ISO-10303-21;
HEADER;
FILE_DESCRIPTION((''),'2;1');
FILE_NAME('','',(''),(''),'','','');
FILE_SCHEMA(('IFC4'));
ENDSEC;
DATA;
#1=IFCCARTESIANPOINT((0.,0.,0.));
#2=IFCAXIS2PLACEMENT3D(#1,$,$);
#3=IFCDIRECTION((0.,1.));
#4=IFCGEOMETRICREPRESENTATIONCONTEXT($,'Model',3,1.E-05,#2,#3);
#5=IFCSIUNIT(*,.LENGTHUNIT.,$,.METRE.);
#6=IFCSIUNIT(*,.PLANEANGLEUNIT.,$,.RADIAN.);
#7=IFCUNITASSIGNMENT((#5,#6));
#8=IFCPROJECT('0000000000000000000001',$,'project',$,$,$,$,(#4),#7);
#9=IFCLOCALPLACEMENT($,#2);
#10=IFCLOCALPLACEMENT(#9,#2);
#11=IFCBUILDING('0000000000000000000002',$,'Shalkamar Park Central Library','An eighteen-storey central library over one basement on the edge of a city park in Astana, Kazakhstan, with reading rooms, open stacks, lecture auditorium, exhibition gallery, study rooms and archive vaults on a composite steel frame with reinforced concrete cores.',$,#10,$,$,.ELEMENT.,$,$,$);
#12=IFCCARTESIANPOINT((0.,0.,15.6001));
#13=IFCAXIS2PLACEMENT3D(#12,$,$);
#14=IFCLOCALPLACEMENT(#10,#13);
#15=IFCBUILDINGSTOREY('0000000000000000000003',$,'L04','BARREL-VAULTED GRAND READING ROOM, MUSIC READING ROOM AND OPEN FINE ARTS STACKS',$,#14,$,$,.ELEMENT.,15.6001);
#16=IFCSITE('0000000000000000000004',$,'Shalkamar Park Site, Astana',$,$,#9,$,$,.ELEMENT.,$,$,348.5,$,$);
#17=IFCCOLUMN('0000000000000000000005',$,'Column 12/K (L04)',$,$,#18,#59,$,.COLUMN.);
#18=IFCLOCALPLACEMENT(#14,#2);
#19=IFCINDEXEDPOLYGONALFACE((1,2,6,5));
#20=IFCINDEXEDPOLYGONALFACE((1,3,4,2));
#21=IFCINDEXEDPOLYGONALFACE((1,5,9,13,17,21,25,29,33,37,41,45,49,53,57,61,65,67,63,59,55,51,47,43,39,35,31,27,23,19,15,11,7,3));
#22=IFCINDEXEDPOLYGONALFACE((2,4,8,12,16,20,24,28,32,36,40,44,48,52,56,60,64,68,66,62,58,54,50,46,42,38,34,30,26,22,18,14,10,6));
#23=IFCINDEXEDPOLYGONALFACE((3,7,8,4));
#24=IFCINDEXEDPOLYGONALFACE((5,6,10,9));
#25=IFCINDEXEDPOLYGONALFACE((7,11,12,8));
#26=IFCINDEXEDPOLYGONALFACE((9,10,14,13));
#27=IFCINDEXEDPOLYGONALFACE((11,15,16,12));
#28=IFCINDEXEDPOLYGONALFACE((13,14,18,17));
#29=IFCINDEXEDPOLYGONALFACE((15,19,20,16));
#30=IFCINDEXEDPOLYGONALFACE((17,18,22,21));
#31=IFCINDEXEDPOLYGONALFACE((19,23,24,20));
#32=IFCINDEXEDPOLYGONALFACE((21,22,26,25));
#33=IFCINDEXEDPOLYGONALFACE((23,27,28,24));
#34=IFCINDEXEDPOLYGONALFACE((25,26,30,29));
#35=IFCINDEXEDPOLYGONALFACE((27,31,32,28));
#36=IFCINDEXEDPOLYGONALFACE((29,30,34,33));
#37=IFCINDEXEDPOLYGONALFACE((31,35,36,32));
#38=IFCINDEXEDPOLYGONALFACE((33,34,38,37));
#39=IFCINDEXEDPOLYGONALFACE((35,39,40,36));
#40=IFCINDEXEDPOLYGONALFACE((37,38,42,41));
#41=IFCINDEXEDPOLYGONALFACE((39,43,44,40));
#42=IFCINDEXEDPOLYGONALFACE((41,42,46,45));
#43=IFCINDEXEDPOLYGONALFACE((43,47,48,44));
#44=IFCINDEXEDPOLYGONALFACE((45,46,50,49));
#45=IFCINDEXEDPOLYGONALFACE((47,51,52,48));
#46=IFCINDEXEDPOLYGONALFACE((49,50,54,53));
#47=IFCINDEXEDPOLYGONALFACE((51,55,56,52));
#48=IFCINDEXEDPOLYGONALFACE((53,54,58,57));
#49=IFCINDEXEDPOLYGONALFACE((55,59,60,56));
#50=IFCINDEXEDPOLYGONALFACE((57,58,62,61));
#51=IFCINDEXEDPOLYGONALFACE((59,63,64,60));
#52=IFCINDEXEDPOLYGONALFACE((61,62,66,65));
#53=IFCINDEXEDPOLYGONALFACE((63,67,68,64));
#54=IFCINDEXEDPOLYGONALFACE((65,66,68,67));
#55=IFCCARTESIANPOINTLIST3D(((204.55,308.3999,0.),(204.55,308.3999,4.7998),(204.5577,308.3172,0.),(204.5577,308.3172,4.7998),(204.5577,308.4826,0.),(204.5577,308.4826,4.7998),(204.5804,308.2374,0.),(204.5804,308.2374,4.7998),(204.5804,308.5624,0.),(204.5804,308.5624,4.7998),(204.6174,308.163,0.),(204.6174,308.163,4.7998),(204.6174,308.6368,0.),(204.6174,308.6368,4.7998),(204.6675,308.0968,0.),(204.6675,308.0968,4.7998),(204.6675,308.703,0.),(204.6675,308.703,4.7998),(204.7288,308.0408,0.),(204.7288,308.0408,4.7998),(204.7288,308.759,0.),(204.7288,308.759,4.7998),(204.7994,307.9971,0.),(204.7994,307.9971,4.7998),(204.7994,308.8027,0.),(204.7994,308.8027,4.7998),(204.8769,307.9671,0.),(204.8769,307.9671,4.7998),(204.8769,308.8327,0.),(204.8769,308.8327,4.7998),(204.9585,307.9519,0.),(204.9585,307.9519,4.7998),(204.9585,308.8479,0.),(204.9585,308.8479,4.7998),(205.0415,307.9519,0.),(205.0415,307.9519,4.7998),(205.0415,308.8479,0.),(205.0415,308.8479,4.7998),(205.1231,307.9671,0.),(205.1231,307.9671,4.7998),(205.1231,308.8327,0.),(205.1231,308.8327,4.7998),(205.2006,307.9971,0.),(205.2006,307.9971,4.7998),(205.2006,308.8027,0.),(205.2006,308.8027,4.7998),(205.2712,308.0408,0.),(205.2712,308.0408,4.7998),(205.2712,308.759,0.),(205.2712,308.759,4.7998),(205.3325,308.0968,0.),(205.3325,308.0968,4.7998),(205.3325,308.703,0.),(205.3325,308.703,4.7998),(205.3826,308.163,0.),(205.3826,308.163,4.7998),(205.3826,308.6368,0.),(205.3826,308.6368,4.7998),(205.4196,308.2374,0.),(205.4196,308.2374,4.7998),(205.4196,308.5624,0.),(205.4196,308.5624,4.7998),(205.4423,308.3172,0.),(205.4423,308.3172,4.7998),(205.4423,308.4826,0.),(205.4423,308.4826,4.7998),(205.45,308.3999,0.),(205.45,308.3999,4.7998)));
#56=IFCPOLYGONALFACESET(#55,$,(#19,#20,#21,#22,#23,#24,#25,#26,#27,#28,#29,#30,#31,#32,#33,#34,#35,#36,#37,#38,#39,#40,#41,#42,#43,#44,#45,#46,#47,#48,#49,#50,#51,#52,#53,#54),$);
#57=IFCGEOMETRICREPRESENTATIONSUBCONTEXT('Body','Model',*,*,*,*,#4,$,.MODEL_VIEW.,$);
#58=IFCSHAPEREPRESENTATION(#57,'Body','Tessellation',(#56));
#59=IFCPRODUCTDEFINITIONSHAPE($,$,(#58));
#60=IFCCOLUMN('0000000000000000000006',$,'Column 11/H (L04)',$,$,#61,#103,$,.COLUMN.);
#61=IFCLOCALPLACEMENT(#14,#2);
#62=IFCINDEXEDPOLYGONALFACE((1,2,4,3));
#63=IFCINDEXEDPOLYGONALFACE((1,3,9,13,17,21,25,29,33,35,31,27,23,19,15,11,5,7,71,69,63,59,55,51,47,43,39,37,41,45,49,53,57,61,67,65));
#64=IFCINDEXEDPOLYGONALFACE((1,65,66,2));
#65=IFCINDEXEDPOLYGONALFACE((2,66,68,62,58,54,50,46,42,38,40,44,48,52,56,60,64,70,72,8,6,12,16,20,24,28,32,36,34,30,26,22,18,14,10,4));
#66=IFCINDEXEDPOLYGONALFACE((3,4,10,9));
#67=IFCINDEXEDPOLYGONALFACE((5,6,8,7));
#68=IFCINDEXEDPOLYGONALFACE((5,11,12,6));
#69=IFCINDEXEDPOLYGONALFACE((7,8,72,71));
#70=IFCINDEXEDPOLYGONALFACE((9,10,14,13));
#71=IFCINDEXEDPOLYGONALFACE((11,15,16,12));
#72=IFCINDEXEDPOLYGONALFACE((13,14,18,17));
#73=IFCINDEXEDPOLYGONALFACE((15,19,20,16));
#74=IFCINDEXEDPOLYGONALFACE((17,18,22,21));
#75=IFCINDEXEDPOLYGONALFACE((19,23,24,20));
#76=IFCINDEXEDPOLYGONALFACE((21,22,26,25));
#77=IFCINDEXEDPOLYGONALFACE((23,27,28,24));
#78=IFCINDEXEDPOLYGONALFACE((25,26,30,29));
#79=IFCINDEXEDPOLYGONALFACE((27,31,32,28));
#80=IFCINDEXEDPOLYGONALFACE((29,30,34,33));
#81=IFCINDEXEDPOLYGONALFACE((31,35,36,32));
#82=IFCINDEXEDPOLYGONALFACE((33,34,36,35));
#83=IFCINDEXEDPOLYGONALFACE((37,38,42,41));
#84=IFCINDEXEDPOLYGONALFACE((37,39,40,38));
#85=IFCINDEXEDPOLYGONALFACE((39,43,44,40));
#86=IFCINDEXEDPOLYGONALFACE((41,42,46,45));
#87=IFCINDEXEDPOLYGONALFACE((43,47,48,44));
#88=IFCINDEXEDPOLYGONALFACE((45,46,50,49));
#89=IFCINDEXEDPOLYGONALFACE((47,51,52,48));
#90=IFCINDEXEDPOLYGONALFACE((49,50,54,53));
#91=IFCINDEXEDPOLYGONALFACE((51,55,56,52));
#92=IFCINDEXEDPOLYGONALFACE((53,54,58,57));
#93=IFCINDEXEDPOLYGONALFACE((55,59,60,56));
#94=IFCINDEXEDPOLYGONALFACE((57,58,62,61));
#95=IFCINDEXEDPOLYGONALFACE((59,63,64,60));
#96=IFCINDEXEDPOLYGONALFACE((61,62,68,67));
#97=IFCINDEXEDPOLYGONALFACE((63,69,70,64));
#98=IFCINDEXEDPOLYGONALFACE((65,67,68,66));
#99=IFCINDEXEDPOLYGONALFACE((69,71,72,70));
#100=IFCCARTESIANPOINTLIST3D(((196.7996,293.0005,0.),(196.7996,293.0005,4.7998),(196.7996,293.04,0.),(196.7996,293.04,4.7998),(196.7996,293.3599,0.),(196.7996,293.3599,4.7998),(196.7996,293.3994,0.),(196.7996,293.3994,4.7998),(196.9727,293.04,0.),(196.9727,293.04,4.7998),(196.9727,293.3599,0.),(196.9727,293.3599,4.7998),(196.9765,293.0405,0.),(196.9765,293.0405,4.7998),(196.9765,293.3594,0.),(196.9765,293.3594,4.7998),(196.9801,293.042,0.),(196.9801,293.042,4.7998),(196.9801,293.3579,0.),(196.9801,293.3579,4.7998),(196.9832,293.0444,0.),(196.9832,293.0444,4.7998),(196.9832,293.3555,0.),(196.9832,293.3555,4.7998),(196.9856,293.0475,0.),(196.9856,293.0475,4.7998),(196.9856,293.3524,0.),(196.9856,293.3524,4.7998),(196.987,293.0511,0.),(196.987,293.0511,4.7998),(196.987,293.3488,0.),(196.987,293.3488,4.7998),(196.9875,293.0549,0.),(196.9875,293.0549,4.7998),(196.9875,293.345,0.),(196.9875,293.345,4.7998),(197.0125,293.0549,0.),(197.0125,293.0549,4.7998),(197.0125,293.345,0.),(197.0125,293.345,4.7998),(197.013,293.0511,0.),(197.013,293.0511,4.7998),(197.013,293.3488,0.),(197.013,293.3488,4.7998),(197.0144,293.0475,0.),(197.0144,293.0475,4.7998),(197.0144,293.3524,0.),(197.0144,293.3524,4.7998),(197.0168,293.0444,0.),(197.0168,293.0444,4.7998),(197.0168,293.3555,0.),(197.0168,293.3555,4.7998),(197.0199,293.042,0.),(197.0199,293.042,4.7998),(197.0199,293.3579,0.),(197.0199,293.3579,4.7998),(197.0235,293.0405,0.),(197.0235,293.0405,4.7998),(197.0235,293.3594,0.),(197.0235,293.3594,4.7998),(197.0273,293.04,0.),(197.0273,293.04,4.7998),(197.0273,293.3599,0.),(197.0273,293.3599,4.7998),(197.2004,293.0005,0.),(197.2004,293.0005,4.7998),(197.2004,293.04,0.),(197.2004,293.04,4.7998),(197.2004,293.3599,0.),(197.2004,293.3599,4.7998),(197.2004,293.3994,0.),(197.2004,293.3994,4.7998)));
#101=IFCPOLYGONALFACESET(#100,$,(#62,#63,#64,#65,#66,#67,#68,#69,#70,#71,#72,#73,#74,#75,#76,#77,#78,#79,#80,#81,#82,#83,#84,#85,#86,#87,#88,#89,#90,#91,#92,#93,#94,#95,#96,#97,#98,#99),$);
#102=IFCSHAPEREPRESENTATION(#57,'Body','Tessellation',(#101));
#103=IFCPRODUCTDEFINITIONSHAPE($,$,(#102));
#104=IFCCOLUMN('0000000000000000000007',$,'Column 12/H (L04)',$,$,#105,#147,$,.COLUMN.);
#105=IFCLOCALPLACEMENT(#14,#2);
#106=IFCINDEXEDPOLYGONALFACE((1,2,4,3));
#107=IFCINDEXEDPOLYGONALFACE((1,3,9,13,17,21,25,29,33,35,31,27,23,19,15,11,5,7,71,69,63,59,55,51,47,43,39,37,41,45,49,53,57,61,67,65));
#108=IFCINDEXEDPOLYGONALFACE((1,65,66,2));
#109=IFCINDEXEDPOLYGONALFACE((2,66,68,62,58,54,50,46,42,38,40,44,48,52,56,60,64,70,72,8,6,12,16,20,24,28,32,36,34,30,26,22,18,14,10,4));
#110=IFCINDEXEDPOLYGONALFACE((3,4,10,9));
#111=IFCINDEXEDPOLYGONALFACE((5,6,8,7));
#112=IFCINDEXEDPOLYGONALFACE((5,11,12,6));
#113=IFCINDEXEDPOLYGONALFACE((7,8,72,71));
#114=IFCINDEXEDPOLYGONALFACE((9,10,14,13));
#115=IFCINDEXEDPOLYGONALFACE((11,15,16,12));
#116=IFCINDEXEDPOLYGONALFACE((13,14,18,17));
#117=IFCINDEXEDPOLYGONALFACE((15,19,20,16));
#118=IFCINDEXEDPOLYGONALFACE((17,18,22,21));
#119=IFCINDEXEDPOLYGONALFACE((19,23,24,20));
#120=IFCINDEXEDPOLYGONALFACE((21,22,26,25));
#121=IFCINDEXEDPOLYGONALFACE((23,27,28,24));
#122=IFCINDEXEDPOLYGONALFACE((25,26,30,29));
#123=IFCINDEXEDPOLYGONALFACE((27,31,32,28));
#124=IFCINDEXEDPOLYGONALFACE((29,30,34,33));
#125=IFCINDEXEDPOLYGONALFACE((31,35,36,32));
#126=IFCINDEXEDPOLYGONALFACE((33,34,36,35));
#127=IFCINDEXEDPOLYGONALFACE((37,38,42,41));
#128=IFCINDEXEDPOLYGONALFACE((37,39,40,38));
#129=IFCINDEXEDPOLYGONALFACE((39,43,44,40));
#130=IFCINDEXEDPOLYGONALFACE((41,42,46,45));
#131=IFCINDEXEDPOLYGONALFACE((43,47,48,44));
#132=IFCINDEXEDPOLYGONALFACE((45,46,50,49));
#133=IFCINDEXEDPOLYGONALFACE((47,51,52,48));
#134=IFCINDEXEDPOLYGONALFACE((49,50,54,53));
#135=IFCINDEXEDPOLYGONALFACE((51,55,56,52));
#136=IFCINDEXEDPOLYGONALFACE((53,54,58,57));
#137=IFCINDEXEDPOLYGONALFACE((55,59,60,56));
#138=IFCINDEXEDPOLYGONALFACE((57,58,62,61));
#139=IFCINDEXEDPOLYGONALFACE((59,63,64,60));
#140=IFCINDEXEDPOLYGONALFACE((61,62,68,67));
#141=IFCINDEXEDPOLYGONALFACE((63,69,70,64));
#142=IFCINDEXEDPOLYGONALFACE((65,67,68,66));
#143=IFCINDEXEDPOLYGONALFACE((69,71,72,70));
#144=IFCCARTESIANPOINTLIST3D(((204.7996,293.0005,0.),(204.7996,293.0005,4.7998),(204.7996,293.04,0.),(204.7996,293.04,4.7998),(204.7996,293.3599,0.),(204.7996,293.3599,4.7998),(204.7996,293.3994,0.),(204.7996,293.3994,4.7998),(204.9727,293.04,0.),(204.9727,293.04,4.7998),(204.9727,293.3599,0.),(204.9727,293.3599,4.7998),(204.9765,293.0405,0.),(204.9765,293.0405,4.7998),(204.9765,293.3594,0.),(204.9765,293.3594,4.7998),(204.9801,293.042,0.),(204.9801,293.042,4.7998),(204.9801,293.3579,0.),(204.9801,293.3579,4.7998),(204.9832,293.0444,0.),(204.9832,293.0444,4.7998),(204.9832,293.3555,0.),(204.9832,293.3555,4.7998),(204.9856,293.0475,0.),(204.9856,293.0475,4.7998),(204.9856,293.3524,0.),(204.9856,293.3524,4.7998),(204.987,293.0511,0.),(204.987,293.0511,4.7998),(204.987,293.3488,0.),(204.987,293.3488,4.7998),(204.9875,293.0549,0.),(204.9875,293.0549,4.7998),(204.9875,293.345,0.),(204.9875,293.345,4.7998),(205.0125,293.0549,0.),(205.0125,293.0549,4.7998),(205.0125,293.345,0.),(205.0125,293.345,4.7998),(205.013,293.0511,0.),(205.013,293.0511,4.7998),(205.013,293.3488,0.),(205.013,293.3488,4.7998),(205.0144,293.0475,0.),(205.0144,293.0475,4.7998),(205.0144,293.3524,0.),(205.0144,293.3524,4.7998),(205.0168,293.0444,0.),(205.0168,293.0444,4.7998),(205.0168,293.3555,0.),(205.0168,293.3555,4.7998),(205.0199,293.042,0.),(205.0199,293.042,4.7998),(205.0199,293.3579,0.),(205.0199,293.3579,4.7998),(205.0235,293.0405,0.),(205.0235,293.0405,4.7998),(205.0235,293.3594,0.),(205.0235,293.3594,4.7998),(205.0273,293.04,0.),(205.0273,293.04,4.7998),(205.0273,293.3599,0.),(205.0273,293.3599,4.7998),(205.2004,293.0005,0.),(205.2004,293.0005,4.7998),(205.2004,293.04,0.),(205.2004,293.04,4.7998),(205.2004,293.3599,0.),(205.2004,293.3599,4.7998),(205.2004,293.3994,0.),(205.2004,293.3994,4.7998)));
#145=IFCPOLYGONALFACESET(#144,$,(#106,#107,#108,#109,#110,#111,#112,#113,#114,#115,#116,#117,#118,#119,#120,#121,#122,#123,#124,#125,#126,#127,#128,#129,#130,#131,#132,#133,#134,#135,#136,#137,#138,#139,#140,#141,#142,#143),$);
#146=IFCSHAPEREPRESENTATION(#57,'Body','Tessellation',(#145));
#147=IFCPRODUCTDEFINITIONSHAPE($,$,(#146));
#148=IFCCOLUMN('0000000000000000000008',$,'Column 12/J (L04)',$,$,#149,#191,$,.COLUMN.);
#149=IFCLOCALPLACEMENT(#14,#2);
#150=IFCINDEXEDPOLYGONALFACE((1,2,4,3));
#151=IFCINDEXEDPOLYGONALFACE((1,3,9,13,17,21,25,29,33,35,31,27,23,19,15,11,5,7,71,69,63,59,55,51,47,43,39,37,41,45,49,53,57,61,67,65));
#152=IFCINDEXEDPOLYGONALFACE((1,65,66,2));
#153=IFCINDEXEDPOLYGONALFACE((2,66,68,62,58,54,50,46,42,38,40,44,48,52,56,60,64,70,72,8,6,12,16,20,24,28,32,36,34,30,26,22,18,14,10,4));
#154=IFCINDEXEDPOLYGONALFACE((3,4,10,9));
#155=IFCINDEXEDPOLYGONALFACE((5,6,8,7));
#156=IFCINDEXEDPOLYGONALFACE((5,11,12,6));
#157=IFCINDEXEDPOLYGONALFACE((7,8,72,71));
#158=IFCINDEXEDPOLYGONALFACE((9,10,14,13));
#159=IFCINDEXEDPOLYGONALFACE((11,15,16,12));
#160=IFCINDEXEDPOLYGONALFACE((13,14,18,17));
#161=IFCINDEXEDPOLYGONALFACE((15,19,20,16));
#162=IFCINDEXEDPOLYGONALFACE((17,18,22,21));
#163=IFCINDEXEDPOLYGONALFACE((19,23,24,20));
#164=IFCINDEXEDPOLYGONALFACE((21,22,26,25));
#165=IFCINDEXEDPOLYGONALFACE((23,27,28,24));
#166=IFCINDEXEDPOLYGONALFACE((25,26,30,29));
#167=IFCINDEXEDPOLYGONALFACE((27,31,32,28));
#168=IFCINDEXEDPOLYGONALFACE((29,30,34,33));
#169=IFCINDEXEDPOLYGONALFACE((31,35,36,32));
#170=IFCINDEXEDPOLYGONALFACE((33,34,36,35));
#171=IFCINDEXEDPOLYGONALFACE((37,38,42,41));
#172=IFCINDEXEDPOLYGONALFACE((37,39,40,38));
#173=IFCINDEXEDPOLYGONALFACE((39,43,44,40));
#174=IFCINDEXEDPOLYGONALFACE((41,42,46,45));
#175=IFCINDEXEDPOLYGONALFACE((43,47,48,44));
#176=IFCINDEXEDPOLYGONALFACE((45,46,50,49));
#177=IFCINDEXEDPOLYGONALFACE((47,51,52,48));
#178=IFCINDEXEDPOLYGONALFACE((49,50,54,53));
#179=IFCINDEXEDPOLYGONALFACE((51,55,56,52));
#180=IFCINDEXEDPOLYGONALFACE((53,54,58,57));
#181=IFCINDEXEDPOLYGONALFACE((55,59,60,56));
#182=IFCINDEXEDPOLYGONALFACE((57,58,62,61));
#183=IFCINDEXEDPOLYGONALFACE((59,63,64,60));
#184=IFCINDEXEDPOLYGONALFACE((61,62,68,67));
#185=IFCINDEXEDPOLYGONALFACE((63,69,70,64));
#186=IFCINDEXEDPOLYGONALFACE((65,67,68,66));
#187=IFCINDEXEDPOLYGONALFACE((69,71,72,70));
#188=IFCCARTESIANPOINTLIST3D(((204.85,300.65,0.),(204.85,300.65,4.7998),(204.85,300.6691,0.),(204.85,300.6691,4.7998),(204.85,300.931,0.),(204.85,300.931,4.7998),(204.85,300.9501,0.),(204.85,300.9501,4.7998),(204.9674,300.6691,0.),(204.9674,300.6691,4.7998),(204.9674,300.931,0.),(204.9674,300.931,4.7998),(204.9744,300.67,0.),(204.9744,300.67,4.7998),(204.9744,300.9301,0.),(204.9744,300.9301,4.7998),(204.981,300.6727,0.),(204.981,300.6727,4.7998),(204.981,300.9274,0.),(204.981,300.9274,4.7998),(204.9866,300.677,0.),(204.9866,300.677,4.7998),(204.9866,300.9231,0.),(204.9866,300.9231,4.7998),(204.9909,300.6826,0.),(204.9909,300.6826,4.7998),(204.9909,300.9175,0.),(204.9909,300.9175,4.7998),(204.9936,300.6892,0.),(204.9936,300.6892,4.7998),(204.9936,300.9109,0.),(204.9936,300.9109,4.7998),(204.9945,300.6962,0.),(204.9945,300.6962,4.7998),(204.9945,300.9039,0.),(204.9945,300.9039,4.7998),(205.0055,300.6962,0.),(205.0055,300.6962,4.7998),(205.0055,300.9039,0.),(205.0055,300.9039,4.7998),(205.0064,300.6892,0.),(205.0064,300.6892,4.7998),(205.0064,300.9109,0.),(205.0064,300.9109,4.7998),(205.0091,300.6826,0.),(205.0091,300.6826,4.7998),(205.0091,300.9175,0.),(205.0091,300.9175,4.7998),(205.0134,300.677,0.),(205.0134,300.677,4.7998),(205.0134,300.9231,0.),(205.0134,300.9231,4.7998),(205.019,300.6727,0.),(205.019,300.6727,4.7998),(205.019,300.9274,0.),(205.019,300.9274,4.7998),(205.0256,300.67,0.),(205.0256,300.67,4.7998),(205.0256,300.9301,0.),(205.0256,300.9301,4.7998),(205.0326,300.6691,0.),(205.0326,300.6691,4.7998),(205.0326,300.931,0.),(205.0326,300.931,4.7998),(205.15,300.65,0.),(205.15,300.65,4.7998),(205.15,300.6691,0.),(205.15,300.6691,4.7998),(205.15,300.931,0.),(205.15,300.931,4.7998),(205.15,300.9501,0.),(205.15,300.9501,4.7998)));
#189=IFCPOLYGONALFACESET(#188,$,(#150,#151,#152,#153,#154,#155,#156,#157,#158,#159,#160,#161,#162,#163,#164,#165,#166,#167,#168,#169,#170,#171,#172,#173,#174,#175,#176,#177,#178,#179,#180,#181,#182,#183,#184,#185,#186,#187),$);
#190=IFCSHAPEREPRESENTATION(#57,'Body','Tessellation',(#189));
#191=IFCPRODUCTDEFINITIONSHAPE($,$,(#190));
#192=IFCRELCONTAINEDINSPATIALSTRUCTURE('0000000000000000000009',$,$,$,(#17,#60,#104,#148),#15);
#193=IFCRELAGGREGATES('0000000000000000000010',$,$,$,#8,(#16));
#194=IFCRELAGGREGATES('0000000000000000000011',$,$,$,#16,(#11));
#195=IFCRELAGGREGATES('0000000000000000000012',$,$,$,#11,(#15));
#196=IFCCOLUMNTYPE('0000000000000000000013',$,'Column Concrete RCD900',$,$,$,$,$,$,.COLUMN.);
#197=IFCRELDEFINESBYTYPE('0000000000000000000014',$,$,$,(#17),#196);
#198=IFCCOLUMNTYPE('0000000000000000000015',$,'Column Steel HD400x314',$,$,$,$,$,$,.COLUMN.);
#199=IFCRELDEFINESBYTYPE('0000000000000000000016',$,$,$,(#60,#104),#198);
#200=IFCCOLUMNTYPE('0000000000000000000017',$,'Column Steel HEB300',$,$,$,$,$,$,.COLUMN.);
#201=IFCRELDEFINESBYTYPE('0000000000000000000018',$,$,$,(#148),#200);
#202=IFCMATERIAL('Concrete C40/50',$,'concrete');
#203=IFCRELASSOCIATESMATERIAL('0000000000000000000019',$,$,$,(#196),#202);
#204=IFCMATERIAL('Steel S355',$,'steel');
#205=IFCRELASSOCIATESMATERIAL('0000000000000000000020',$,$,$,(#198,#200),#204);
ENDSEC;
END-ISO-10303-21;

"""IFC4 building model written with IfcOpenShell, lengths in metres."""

from ifc_helpers import new_model, si_unit, direction, frame, origin, origin_2d, place, context, subcontext, project, spatial, circle, i_section, extrude, material, material_profile, profile_set, type_object, element, save


model = new_model("IFC4")

# Units and contexts
model_context = context("Model", 3, precision=1e-05, world=origin(), true_north=direction((0.0, 1.0)))
body_context = subcontext(model_context, "Body", "Model", "MODEL_VIEW")
ifc_project = project(units=[si_unit("LENGTHUNIT", "METRE"), si_unit("PLANEANGLEUNIT", "RADIAN")], contexts=[model_context])

# Site, building, storey
site_placement = place(None, origin())
site = spatial("IfcSite", under=ifc_project, at=site_placement, Name="Shalkamar Park Site, Astana", CompositionType="ELEMENT", RefElevation=348.5)
building_placement = place(site_placement, origin())
building = spatial("IfcBuilding", under=site, at=building_placement, Name="Shalkamar Park Central Library", Description="An eighteen-storey central library over one basement on the edge of a city park in Astana, Kazakhstan, with reading rooms, open stacks, lecture auditorium, exhibition gallery, study rooms and archive vaults on a composite steel frame with reinforced concrete cores.", CompositionType="ELEMENT")
storey_placement = place(building_placement, frame((0.0, 0.0, 15.6001)))
storey = spatial("IfcBuildingStorey", under=building, at=storey_placement, Name="L04", Description="BARREL-VAULTED GRAND READING ROOM, MUSIC READING ROOM AND OPEN FINE ARTS STACKS", CompositionType="ELEMENT", Elevation=15.6001)

# Columns
ifc_material_1 = material(Name="Concrete C40/50", Category="concrete")
ifc_material_profile_1 = material_profile(ifc_material_1, circle(Radius=0.45, at=origin_2d()), Name="RC D900")
ifc_profile_set_1 = profile_set([ifc_material_profile_1], Name="Concrete C40/50")
column_type_1 = type_object("IfcColumnType", Name="Column Concrete RCD900", PredefinedType="COLUMN", material=ifc_profile_set_1)
column_1_placement = place(storey_placement, frame((205.0, 308.3999, 0.0), z_axis=(0.0, 0.0, 1.0), x_axis=(1.0, 0.0, 0.0)))
element("IfcColumn", 1, at=column_1_placement, inside=storey, type_object=column_type_1, Name="Column 12/K (L04)", PredefinedType="COLUMN", context=body_context, shape_type="SweptSolid", body=[
    extrude(circle(Radius=0.45, at=origin_2d()), origin(), (0.0, 0.0, 1.0), 4.7998),
])
ifc_material_2 = material(Name="Steel S355", Category="steel")
ifc_material_profile_2 = material_profile(ifc_material_2, i_section(OverallWidth=0.4009, OverallDepth=0.3989, WebThickness=0.0249, FlangeThickness=0.0396, FilletRadius=0.0149, at=origin_2d()), Name="HD 400x314")
ifc_profile_set_2 = profile_set([ifc_material_profile_2], Name="Steel S355")
column_type_2 = type_object("IfcColumnType", Name="Column Steel HD400x314", PredefinedType="COLUMN", material=ifc_profile_set_2)
for number, where, z_axis, x_axis, name in (
    (2, (197.0, 293.2, 0.0), (0.0, 0.0, 1.0), (1.0, 0.0, 0.0), "Column 11/H (L04)"),
    (3, (205.0, 293.2, 0.0), (0.0, 0.0, 1.0), (1.0, 0.0, 0.0), "Column 12/H (L04)"),
):
    element("IfcColumn", number, at=place(storey_placement, frame(where, z_axis=z_axis, x_axis=x_axis)), inside=storey, type_object=column_type_2, Name=name, PredefinedType="COLUMN", context=body_context, shape_type="SweptSolid", body=[
        extrude(i_section(OverallWidth=0.4009, OverallDepth=0.3989, WebThickness=0.0249, FlangeThickness=0.0396, FilletRadius=0.0149, at=origin_2d()), origin(), (0.0, 0.0, 1.0), 4.7998),
    ])
ifc_material_profile_3 = material_profile(ifc_material_2, i_section(OverallWidth=0.3, OverallDepth=0.3, WebThickness=0.011, FlangeThickness=0.019, FilletRadius=0.0271, at=origin_2d()), Name="HEB 300")
ifc_profile_set_3 = profile_set([ifc_material_profile_3], Name="Steel S355")
column_type_3 = type_object("IfcColumnType", Name="Column Steel HEB300", PredefinedType="COLUMN", material=ifc_profile_set_3)
column_2_placement = place(storey_placement, frame((205.0, 300.8, 0.0), z_axis=(0.0, 0.0, 1.0), x_axis=(1.0, 0.0, 0.0)))
element("IfcColumn", 4, at=column_2_placement, inside=storey, type_object=column_type_3, Name="Column 12/J (L04)", PredefinedType="COLUMN", context=body_context, shape_type="SweptSolid", body=[
    extrude(i_section(OverallWidth=0.3, OverallDepth=0.3, WebThickness=0.011, FlangeThickness=0.019, FilletRadius=0.0271, at=origin_2d()), origin(), (0.0, 0.0, 1.0), 4.7998),
])

save(model, "model.ifc")
